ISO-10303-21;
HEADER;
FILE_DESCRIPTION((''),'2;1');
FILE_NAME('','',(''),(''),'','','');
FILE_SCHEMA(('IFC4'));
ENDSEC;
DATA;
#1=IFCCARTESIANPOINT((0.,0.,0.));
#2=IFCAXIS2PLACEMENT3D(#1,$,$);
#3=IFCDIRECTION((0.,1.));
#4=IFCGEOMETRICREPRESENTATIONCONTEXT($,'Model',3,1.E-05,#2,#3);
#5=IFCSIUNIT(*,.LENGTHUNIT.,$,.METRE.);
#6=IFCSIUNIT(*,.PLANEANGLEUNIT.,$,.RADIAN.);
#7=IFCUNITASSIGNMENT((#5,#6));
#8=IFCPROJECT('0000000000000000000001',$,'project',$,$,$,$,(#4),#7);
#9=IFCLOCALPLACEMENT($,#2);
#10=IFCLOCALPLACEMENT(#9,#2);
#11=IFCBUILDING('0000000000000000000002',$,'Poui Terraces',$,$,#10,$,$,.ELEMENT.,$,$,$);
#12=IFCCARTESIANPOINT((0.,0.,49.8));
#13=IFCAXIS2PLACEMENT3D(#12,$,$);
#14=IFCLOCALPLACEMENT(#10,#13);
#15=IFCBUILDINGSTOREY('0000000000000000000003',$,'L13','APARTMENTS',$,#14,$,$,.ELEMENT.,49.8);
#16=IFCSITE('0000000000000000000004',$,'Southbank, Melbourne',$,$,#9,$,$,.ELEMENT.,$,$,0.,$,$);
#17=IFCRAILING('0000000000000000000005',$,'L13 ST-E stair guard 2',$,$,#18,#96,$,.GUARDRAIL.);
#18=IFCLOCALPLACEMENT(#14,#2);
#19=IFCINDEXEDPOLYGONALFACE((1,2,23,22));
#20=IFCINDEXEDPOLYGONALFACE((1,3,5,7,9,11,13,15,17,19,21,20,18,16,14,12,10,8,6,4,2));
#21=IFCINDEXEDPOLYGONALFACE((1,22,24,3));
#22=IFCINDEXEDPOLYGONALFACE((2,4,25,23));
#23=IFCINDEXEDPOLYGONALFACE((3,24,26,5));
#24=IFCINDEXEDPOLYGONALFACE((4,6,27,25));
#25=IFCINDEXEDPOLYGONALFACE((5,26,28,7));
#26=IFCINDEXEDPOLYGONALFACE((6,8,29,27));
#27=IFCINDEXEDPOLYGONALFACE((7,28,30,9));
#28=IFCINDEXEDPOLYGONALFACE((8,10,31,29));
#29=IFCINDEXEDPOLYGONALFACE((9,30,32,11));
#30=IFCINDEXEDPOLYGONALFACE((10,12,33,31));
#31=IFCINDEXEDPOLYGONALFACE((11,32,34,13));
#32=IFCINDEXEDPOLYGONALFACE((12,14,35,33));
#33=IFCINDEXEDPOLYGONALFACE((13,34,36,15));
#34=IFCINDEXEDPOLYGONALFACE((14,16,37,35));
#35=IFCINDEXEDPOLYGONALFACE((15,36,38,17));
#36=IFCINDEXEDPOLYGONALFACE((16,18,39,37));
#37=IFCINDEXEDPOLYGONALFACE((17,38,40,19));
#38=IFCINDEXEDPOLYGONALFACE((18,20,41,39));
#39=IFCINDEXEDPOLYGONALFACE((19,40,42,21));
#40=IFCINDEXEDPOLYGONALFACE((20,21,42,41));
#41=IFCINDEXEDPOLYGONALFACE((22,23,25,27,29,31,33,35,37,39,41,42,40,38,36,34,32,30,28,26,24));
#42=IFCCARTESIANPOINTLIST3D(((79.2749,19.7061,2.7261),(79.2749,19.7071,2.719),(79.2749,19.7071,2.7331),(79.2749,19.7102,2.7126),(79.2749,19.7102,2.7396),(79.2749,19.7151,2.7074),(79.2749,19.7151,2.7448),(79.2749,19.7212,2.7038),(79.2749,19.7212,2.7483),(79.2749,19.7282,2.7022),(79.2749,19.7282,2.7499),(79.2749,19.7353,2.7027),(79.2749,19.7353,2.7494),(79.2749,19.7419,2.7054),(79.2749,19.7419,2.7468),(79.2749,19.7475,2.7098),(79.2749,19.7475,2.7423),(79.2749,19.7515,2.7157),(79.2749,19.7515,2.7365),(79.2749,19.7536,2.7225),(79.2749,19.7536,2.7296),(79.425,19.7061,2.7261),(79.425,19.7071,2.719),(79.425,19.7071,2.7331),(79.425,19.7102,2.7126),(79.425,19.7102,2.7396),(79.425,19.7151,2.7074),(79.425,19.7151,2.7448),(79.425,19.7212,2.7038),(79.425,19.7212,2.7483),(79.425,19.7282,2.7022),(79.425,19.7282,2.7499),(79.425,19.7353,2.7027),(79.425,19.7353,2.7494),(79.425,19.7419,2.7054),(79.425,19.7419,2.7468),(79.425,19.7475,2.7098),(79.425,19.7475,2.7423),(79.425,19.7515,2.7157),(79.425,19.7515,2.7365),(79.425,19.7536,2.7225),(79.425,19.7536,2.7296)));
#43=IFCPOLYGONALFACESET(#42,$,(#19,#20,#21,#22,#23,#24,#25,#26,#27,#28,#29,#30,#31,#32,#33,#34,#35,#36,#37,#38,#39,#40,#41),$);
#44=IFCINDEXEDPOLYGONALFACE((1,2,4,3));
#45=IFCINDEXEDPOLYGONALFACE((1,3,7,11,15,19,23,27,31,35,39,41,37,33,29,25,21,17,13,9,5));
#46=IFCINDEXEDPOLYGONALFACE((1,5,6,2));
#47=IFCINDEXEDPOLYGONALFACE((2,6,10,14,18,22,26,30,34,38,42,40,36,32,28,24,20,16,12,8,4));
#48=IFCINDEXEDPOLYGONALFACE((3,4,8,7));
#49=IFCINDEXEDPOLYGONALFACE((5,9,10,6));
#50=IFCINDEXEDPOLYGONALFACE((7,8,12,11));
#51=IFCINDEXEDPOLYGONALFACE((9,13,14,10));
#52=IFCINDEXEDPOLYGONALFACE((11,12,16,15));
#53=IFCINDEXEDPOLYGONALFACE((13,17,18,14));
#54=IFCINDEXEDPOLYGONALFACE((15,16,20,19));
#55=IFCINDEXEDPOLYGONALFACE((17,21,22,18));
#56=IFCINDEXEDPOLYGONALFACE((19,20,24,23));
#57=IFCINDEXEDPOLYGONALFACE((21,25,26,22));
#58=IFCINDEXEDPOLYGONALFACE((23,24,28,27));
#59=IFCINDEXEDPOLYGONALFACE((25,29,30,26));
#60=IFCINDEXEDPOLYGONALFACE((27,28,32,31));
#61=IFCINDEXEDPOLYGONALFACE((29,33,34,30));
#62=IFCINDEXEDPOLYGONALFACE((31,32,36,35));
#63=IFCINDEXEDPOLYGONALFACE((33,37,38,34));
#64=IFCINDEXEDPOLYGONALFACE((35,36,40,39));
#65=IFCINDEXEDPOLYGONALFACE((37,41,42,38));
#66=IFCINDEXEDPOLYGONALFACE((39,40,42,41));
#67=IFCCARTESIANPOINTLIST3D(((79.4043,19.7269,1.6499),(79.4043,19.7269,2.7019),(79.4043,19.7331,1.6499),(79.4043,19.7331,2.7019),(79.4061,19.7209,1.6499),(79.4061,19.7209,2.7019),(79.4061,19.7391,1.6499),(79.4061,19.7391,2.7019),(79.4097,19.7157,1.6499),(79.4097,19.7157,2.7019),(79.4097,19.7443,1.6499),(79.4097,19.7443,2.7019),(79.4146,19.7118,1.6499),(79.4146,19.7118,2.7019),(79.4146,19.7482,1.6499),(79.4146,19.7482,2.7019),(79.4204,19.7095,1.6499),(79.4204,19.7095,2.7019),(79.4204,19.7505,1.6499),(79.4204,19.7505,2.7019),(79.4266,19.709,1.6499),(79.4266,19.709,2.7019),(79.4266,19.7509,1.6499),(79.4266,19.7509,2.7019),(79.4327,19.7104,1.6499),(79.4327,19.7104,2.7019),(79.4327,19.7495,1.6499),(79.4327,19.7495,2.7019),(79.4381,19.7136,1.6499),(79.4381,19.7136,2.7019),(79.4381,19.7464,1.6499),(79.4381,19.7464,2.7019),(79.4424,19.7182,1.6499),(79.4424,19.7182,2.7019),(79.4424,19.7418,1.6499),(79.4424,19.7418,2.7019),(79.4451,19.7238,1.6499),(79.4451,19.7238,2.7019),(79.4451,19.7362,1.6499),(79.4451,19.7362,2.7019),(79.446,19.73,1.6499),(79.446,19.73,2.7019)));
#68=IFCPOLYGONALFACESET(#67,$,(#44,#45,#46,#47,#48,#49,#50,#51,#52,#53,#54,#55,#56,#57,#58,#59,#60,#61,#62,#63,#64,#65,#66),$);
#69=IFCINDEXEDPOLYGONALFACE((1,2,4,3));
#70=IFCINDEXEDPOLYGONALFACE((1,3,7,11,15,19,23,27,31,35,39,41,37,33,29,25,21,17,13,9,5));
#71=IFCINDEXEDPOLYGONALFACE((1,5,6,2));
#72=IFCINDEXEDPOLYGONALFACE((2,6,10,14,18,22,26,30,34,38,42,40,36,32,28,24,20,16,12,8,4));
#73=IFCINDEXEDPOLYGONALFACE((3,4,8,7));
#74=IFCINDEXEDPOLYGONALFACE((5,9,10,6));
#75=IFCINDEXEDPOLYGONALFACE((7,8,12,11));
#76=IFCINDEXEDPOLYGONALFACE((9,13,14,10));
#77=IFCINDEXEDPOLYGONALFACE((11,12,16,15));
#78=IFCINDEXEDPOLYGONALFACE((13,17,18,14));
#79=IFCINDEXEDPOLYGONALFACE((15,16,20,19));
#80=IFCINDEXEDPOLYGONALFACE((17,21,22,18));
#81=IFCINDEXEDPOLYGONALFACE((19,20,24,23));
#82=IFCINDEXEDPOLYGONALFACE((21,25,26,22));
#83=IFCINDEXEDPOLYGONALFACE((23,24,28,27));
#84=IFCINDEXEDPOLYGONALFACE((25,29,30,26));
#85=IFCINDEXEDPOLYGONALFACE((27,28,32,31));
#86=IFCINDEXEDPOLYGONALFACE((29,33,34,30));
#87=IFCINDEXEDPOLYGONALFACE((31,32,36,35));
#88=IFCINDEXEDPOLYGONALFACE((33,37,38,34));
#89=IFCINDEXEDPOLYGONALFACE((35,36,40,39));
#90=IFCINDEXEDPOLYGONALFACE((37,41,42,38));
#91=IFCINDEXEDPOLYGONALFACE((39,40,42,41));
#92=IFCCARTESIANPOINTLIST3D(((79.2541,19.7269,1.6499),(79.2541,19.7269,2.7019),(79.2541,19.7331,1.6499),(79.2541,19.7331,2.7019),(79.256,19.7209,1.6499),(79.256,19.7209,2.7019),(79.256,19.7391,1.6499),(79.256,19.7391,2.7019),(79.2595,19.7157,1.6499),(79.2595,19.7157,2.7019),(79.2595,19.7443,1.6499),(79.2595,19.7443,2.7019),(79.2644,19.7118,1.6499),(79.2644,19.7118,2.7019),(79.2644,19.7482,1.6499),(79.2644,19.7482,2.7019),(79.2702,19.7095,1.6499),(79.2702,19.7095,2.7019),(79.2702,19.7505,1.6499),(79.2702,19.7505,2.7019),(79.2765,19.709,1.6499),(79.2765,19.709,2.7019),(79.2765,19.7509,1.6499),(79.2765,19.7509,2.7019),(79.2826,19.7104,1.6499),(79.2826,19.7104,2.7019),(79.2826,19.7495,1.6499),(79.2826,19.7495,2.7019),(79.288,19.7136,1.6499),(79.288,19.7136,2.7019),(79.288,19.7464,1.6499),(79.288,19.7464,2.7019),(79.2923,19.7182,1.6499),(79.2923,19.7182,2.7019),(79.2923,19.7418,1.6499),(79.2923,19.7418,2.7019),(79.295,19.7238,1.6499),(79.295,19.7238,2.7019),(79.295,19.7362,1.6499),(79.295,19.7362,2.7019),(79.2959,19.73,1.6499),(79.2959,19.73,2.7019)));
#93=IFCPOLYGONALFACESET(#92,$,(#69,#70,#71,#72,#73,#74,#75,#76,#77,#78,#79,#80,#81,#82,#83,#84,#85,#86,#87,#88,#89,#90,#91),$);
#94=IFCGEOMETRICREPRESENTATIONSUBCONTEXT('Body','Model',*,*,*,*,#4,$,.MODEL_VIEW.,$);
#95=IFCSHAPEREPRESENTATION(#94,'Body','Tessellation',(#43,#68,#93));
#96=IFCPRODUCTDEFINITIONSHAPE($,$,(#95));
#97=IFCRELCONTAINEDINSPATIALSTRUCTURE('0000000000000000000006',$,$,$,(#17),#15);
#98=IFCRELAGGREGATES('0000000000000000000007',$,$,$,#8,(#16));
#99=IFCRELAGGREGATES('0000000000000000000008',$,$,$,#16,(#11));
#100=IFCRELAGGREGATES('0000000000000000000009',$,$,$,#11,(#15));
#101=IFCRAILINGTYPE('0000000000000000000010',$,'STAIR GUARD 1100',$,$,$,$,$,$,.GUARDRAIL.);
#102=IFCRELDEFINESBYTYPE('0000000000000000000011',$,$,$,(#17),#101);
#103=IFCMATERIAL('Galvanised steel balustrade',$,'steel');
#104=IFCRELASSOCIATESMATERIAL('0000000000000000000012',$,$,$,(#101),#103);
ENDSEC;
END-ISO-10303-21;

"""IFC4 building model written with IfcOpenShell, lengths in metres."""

from ifc_helpers import new_model, si_unit, direction, frame, origin, origin_2d, place, context, subcontext, project, spatial, circle, extrude, material, type_object, element, save


model = new_model("IFC4")

# Units and contexts
model_context = context("Model", 3, precision=1e-05, world=origin(), true_north=direction((0.0, 1.0)))
body_context = subcontext(model_context, "Body", "Model", "MODEL_VIEW")
ifc_project = project(units=[si_unit("LENGTHUNIT", "METRE"), si_unit("PLANEANGLEUNIT", "RADIAN")], contexts=[model_context])

# Site, building, storey
site_placement = place(None, origin())
site = spatial("IfcSite", under=ifc_project, at=site_placement, Name="Southbank, Melbourne", CompositionType="ELEMENT", RefElevation=0.0)
building_placement = place(site_placement, origin())
building = spatial("IfcBuilding", under=site, at=building_placement, Name="Poui Terraces", CompositionType="ELEMENT")
storey_placement = place(building_placement, frame((0.0, 0.0, 49.8)))
storey = spatial("IfcBuildingStorey", under=building, at=storey_placement, Name="L13", Description="APARTMENTS", CompositionType="ELEMENT", Elevation=49.8)

# Railing
ifc_material_1 = material(Name="Galvanised steel balustrade", Category="steel")
railing_type_1 = type_object("IfcRailingType", Name="STAIR GUARD 1100", PredefinedType="GUARDRAIL", material=ifc_material_1)
railing_1_placement = place(storey_placement, frame((79.425, 19.73, 1.6499)))
element("IfcRailing", 1, at=railing_1_placement, inside=storey, type_object=railing_type_1, Name="L13 ST-E stair guard 2", PredefinedType="GUARDRAIL", context=body_context, shape_type="SweptSolid", body=[
    extrude(circle(Radius=0.0239, at=origin_2d()), frame((0.0, 0.0, 1.0762), z_axis=(-1.0, 0.0, 0.0), x_axis=(0.0, -1.0, 0.0)), (0.0, 0.0, 1.0), 0.1501),
    extrude(circle(Radius=0.021, at=origin_2d()), origin(), (0.0, 0.0, 1.0), 1.052),
    extrude(circle(Radius=0.021, at=origin_2d()), frame((-0.1501, 0.0, 0.0)), (0.0, 0.0, 1.0), 1.052),
])

save(model, "model.ifc")
